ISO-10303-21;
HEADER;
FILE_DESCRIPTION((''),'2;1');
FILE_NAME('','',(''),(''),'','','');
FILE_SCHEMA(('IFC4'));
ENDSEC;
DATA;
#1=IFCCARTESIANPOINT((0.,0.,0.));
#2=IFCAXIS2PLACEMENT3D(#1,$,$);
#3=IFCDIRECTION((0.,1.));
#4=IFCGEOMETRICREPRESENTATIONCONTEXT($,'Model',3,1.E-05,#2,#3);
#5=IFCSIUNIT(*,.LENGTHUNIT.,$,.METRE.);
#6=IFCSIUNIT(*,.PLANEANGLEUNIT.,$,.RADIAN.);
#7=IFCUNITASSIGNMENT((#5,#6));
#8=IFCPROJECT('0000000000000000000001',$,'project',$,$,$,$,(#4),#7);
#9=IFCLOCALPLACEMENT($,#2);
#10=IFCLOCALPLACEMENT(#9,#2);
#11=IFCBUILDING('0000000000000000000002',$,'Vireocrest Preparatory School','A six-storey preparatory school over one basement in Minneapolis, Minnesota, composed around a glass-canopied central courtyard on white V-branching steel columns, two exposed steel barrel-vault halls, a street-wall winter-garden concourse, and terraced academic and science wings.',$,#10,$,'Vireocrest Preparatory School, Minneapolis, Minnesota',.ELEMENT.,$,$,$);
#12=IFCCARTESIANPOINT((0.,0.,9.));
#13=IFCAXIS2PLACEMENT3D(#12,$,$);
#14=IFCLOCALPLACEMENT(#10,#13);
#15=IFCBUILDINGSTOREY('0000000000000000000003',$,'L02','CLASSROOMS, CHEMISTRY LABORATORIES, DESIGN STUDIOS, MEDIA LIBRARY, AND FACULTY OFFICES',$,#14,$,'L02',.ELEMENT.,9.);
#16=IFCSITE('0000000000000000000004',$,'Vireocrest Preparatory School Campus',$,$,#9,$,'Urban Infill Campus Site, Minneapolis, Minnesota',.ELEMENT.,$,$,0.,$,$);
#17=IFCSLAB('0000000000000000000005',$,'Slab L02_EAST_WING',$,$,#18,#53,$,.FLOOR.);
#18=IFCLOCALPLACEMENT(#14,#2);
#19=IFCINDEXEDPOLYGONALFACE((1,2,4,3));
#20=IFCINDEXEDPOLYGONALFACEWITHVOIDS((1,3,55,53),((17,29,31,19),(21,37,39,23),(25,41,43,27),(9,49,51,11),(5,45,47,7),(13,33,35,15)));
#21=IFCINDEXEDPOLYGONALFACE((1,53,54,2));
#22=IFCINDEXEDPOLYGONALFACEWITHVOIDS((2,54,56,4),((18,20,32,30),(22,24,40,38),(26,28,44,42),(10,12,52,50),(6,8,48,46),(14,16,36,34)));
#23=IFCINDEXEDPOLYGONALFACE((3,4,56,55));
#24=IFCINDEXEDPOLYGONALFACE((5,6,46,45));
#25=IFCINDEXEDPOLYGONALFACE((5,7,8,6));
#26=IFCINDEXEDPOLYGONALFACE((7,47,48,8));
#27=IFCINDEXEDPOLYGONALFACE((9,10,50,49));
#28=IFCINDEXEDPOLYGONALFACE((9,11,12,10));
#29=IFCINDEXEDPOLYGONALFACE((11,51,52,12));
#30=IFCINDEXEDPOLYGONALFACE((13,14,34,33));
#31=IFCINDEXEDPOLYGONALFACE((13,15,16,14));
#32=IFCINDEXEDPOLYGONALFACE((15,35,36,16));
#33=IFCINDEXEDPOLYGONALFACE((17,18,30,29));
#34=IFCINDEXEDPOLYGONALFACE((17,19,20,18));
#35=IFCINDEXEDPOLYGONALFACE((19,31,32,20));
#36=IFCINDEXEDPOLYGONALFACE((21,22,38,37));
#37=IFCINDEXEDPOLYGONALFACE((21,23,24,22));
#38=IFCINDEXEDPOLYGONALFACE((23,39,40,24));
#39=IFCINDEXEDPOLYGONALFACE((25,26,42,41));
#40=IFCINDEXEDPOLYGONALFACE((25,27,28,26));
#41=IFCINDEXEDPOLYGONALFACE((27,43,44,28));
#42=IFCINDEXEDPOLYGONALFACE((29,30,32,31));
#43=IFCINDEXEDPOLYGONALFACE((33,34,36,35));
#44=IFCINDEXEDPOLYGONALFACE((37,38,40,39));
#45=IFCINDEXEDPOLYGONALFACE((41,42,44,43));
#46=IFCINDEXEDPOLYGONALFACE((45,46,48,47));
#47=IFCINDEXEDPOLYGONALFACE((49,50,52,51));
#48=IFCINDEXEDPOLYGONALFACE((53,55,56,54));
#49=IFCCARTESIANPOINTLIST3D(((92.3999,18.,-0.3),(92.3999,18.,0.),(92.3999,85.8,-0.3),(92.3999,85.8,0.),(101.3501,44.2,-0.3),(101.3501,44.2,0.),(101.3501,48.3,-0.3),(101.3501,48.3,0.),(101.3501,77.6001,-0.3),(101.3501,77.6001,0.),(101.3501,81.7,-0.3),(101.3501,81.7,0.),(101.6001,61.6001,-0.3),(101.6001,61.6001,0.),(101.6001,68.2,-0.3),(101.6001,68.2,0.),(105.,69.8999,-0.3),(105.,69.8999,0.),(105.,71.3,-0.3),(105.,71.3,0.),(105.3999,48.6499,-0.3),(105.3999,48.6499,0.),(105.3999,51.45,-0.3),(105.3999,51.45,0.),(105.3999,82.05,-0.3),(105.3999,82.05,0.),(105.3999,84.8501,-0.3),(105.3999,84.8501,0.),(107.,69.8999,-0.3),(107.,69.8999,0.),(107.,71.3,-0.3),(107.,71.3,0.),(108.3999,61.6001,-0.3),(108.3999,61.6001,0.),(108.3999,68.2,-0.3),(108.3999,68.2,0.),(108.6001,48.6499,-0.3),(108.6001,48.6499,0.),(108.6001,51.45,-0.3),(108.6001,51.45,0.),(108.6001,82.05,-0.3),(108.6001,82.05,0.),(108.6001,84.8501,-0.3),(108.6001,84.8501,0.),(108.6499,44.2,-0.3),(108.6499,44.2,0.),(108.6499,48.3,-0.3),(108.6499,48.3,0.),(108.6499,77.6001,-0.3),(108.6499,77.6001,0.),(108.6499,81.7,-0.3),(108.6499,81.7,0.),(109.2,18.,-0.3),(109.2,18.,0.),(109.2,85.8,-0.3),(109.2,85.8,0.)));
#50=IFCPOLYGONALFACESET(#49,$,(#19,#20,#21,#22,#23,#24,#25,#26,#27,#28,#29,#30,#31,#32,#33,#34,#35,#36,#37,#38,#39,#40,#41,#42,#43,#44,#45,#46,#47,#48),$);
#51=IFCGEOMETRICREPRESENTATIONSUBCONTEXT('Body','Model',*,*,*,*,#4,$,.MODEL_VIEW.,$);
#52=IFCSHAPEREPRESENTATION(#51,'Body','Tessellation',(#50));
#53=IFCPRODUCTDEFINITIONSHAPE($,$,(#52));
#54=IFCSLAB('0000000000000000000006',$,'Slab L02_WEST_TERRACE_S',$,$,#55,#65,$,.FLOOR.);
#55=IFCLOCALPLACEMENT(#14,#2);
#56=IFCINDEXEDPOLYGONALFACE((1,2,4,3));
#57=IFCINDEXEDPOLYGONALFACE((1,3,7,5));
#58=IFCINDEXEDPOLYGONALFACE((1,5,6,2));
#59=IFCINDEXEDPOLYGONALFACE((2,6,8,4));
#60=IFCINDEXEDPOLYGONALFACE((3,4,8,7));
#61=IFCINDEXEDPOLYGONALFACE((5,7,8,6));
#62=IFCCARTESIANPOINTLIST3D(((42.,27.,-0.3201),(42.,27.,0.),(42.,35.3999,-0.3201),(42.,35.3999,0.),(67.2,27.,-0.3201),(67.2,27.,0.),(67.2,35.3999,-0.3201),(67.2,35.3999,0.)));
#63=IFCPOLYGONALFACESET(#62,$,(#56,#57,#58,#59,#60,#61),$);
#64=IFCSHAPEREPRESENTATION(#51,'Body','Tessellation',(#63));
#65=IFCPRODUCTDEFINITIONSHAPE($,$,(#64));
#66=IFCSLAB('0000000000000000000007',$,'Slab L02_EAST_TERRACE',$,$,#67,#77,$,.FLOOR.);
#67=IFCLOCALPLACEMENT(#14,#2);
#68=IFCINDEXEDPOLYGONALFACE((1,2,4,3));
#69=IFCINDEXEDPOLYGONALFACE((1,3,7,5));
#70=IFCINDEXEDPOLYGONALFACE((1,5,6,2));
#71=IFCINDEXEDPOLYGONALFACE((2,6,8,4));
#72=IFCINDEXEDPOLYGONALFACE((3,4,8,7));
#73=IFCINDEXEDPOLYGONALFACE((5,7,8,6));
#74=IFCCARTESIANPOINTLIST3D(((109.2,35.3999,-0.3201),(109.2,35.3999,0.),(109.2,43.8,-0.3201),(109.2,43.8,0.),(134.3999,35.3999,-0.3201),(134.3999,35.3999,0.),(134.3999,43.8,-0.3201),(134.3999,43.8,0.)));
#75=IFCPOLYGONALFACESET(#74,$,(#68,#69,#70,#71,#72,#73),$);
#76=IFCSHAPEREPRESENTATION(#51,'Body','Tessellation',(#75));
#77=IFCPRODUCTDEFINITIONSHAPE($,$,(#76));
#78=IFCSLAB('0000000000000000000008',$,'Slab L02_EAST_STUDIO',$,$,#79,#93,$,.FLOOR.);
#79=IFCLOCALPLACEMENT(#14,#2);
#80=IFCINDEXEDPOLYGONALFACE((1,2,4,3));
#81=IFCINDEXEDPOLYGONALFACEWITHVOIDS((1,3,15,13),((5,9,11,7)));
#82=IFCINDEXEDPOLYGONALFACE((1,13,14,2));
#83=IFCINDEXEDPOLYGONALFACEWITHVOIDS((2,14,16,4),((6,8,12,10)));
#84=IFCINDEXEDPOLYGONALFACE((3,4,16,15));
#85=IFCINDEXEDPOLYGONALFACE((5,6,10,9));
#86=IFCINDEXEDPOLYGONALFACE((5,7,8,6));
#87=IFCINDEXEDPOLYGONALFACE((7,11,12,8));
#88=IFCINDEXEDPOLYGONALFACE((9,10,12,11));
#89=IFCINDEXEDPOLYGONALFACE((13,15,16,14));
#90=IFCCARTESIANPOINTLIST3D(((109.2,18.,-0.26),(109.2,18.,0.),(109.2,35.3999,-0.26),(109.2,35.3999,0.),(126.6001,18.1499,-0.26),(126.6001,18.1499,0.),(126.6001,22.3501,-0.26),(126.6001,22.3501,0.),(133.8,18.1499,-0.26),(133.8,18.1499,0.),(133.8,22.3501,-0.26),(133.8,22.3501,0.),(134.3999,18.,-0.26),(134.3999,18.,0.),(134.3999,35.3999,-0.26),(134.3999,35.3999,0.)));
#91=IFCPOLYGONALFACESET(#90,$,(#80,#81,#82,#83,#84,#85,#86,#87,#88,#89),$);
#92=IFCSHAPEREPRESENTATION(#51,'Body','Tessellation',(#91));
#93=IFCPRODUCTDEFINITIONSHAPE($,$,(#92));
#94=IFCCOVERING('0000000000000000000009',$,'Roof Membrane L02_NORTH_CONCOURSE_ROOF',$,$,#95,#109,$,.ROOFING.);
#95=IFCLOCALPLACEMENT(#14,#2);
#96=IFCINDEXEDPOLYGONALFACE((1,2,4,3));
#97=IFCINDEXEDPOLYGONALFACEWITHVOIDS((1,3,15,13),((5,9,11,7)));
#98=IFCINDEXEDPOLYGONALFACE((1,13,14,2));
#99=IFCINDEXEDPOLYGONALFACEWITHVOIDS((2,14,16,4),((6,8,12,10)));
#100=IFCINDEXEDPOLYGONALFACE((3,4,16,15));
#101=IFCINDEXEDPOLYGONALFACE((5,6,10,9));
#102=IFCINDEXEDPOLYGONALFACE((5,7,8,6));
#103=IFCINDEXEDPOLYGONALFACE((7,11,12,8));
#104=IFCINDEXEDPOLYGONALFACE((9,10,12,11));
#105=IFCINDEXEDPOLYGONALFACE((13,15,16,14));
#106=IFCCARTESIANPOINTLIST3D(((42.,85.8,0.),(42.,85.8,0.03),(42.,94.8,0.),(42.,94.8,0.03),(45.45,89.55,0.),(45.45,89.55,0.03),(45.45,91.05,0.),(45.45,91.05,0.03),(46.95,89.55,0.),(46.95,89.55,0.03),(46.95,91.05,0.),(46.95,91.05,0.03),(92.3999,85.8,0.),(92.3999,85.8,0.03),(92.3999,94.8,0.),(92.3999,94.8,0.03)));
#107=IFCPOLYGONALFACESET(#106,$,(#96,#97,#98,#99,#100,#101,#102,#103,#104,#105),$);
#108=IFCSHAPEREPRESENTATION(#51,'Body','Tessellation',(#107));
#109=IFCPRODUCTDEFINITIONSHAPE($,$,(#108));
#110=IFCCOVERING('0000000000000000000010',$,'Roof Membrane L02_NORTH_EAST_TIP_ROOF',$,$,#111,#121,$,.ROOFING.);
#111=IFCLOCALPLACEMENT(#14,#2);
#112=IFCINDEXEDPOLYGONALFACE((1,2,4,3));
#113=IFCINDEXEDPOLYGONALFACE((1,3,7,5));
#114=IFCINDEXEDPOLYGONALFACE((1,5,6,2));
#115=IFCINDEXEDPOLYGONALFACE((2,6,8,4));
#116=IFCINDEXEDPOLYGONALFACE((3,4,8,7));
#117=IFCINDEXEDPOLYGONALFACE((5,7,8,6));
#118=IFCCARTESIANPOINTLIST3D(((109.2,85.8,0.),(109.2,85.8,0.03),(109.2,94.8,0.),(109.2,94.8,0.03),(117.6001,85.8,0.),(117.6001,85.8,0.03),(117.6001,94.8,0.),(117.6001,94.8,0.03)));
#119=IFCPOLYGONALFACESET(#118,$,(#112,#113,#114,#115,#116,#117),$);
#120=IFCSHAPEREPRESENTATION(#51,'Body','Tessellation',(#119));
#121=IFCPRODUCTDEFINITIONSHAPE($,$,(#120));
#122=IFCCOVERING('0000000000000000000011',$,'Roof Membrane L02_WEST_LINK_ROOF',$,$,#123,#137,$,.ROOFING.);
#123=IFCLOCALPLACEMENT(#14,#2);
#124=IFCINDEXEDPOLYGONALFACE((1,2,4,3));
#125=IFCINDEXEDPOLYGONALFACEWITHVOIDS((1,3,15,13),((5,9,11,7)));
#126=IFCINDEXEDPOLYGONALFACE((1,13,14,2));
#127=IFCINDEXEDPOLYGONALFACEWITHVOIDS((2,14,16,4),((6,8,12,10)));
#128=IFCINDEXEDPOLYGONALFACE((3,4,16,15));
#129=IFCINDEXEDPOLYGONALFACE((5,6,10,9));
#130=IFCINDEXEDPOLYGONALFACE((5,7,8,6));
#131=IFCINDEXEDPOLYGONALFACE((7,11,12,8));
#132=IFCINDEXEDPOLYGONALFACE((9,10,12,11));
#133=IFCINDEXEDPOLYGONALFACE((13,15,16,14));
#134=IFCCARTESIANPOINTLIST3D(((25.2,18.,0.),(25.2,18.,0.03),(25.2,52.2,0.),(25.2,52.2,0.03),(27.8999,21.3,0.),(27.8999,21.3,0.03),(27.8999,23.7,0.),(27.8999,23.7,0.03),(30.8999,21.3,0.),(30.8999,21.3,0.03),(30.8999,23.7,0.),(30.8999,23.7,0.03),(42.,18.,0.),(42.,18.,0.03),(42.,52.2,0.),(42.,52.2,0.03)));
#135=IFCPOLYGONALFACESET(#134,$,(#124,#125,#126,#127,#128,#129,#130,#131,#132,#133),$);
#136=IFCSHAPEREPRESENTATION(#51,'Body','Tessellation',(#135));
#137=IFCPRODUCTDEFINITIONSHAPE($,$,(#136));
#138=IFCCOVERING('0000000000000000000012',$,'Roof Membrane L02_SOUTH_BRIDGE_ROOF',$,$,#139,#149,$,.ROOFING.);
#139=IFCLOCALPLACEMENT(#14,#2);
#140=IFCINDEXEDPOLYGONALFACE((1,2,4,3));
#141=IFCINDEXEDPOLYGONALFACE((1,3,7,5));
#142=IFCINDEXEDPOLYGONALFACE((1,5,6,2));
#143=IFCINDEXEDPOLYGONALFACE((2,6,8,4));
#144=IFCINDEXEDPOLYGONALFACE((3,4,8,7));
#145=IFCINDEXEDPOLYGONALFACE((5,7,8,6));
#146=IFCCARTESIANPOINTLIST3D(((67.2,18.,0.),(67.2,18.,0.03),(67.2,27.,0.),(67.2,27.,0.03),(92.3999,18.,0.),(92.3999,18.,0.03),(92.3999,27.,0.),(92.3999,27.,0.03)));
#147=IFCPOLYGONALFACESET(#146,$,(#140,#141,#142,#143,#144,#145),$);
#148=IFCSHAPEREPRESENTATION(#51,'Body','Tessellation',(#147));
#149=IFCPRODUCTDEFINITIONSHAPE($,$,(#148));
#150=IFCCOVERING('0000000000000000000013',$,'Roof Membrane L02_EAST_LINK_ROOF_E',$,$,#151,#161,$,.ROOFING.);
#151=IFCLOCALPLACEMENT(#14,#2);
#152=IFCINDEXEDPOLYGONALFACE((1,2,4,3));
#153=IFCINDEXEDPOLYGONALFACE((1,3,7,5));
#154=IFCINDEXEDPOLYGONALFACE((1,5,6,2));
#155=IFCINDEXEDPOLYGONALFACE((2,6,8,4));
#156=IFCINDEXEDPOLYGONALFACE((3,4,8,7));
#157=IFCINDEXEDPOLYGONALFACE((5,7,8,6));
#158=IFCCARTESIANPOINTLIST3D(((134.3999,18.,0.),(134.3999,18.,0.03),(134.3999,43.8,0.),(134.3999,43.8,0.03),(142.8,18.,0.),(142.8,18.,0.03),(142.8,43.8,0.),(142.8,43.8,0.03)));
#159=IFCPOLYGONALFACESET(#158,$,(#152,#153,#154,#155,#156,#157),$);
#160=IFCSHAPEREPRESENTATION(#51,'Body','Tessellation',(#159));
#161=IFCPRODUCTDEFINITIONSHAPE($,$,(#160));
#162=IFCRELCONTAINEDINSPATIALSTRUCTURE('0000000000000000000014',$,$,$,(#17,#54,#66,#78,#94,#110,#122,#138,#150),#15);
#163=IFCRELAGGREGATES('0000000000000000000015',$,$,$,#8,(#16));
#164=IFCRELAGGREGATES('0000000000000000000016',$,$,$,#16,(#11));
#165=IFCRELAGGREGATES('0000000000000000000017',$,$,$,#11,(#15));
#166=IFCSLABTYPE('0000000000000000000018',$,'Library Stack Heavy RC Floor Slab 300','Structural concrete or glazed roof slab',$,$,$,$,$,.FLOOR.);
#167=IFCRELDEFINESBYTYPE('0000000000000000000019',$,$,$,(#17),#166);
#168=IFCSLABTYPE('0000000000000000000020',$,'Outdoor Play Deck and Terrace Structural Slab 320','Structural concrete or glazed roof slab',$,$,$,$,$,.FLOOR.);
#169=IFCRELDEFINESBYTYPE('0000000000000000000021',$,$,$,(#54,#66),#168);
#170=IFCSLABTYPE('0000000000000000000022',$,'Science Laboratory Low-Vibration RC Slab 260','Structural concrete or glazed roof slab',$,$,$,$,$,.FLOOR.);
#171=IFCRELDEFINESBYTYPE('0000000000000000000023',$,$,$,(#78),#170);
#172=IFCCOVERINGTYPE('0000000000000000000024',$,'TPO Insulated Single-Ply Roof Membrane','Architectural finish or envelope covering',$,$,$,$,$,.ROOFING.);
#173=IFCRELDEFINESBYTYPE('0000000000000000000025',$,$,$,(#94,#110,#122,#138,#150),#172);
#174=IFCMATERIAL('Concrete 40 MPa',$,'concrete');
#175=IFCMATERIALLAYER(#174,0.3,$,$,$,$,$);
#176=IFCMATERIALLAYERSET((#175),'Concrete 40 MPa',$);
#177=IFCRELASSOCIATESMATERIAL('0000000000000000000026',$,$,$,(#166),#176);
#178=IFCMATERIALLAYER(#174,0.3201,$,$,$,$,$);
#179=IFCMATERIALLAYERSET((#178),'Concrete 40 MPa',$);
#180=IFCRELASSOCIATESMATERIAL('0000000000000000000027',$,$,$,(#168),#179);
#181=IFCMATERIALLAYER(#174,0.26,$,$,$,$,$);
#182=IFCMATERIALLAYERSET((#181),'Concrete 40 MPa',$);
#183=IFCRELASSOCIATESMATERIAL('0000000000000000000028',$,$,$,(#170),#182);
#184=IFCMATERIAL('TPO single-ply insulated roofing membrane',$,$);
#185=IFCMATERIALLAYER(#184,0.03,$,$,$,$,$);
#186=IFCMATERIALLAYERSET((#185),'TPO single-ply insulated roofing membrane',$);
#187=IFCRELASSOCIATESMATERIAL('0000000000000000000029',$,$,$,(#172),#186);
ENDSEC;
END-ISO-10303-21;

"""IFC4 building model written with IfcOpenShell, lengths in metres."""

from ifc_helpers import new_model, si_unit, direction, frame, origin, place, context, subcontext, project, spatial, polyline, outline, extrude, material, layer, layer_set, type_object, element, save


model = new_model("IFC4")

# Units and contexts
model_context = context("Model", 3, precision=1e-05, world=origin(), true_north=direction((0.0, 1.0)))
body_context = subcontext(model_context, "Body", "Model", "MODEL_VIEW")
ifc_project = project(units=[si_unit("LENGTHUNIT", "METRE"), si_unit("PLANEANGLEUNIT", "RADIAN")], contexts=[model_context])

# Site, building, storey
site_placement = place(None, origin())
site = spatial("IfcSite", under=ifc_project, at=site_placement, Name="Vireocrest Preparatory School Campus", LongName="Urban Infill Campus Site, Minneapolis, Minnesota", CompositionType="ELEMENT", RefElevation=0.0)
building_placement = place(site_placement, origin())
building = spatial("IfcBuilding", under=site, at=building_placement, Name="Vireocrest Preparatory School", Description="A six-storey preparatory school over one basement in Minneapolis, Minnesota, composed around a glass-canopied central courtyard on white V-branching steel columns, two exposed steel barrel-vault halls, a street-wall winter-garden concourse, and terraced academic and science wings.", LongName="Vireocrest Preparatory School, Minneapolis, Minnesota", CompositionType="ELEMENT")
storey_placement = place(building_placement, frame((0.0, 0.0, 9.0)))
storey = spatial("IfcBuildingStorey", under=building, at=storey_placement, Name="L02", Description="CLASSROOMS, CHEMISTRY LABORATORIES, DESIGN STUDIOS, MEDIA LIBRARY, AND FACULTY OFFICES", LongName="L02", CompositionType="ELEMENT", Elevation=9.0)

# Shared definitions
ifc_material_1 = material(Name="Concrete 40 MPa", Category="concrete")

# Shared definitions
ifc_layer_1 = layer(ifc_material_1, 0.3)
ifc_layer_set_1 = layer_set([ifc_layer_1], Name="Concrete 40 MPa")
slab_type_1 = type_object("IfcSlabType", Name="Library Stack Heavy RC Floor Slab 300", Description="Structural concrete or glazed roof slab", PredefinedType="FLOOR", material=ifc_layer_set_1)

# Slab, openings
slab_1_placement = place(storey_placement, frame((0.0, 0.0, -0.3)))
slab_1 = element("IfcSlab", 1, at=slab_1_placement, inside=storey, type_object=slab_type_1, Name="Slab L02_EAST_WING", PredefinedType="FLOOR", context=body_context, shape_type="SweptSolid", body=[
    extrude(outline(polyline([(92.3999, 18.0), (109.2, 18.0), (109.2, 85.8), (92.3999, 85.8), (92.3999, 18.0)])), origin(), (0.0, 0.0, 1.0), 0.3),
])
opening_1_placement = place(slab_1_placement, frame((0.0, 0.0, -0.01)))
element("IfcOpeningElement", 2, at=opening_1_placement, cuts=slab_1, PredefinedType="OPENING", context=body_context, shape_type="SweptSolid", body=[
    extrude(outline(polyline([(101.3501, 44.2), (108.6499, 44.2), (108.6499, 48.3), (101.3501, 48.3), (101.3501, 44.2)])), origin(), (0.0, 0.0, 1.0), 0.3201),
])
opening_2_placement = place(slab_1_placement, frame((0.0, 0.0, -0.01)))
element("IfcOpeningElement", 3, at=opening_2_placement, cuts=slab_1, PredefinedType="OPENING", context=body_context, shape_type="SweptSolid", body=[
    extrude(outline(polyline([(105.3999, 48.6499), (108.6001, 48.6499), (108.6001, 51.45), (105.3999, 51.45), (105.3999, 48.6499)])), origin(), (0.0, 0.0, 1.0), 0.3201),
])
opening_3_placement = place(slab_1_placement, frame((0.0, 0.0, -0.01)))
element("IfcOpeningElement", 4, at=opening_3_placement, cuts=slab_1, PredefinedType="OPENING", context=body_context, shape_type="SweptSolid", body=[
    extrude(outline(polyline([(101.3501, 77.6001), (108.6499, 77.6001), (108.6499, 81.7), (101.3501, 81.7), (101.3501, 77.6001)])), origin(), (0.0, 0.0, 1.0), 0.3201),
])
opening_4_placement = place(slab_1_placement, frame((0.0, 0.0, -0.01)))
element("IfcOpeningElement", 5, at=opening_4_placement, cuts=slab_1, PredefinedType="OPENING", context=body_context, shape_type="SweptSolid", body=[
    extrude(outline(polyline([(105.3999, 82.05), (108.6001, 82.05), (108.6001, 84.8501), (105.3999, 84.8501), (105.3999, 82.05)])), origin(), (0.0, 0.0, 1.0), 0.3201),
])
opening_5_placement = place(slab_1_placement, frame((0.0, 0.0, -0.01)))
element("IfcOpeningElement", 6, at=opening_5_placement, cuts=slab_1, PredefinedType="OPENING", context=body_context, shape_type="SweptSolid", body=[
    extrude(outline(polyline([(101.6001, 61.6001), (108.3999, 61.6001), (108.3999, 68.2), (101.6001, 68.2), (101.6001, 61.6001)])), origin(), (0.0, 0.0, 1.0), 0.3201),
])
opening_6_placement = place(slab_1_placement, frame((0.0, 0.0, -0.01)))
element("IfcOpeningElement", 7, at=opening_6_placement, cuts=slab_1, PredefinedType="OPENING", context=body_context, shape_type="SweptSolid", body=[
    extrude(outline(polyline([(105.0, 69.8999), (107.0, 69.8999), (107.0, 71.3), (105.0, 71.3), (105.0, 69.8999)])), origin(), (0.0, 0.0, 1.0), 0.3201),
])

# Slabs
ifc_layer_2 = layer(ifc_material_1, 0.3201)
ifc_layer_set_2 = layer_set([ifc_layer_2], Name="Concrete 40 MPa")
slab_type_2 = type_object("IfcSlabType", Name="Outdoor Play Deck and Terrace Structural Slab 320", Description="Structural concrete or glazed roof slab", PredefinedType="FLOOR", material=ifc_layer_set_2)
slab_2_placement = place(storey_placement, frame((0.0, 0.0, -0.3201)))
element("IfcSlab", 8, at=slab_2_placement, inside=storey, type_object=slab_type_2, Name="Slab L02_WEST_TERRACE_S", PredefinedType="FLOOR", context=body_context, shape_type="SweptSolid", body=[
    extrude(outline(polyline([(42.0, 27.0), (67.2, 27.0), (67.2, 35.3999), (42.0, 35.3999), (42.0, 27.0)])), origin(), (0.0, 0.0, 1.0), 0.3201),
])
slab_3_placement = place(storey_placement, frame((0.0, 0.0, -0.3201)))
element("IfcSlab", 9, at=slab_3_placement, inside=storey, type_object=slab_type_2, Name="Slab L02_EAST_TERRACE", PredefinedType="FLOOR", context=body_context, shape_type="SweptSolid", body=[
    extrude(outline(polyline([(109.2, 35.3999), (134.3999, 35.3999), (134.3999, 43.8), (109.2, 43.8), (109.2, 35.3999)])), origin(), (0.0, 0.0, 1.0), 0.3201),
])

# Slab, opening
ifc_layer_3 = layer(ifc_material_1, 0.26)
ifc_layer_set_3 = layer_set([ifc_layer_3], Name="Concrete 40 MPa")
slab_type_3 = type_object("IfcSlabType", Name="Science Laboratory Low-Vibration RC Slab 260", Description="Structural concrete or glazed roof slab", PredefinedType="FLOOR", material=ifc_layer_set_3)
slab_4_placement = place(storey_placement, frame((0.0, 0.0, -0.26)))
slab_4 = element("IfcSlab", 10, at=slab_4_placement, inside=storey, type_object=slab_type_3, Name="Slab L02_EAST_STUDIO", PredefinedType="FLOOR", context=body_context, shape_type="SweptSolid", body=[
    extrude(outline(polyline([(109.2, 18.0), (134.3999, 18.0), (134.3999, 35.3999), (109.2, 35.3999), (109.2, 18.0)])), origin(), (0.0, 0.0, 1.0), 0.26),
])
opening_7_placement = place(slab_4_placement, frame((0.0, 0.0, -0.01)))
element("IfcOpeningElement", 11, at=opening_7_placement, cuts=slab_4, PredefinedType="OPENING", context=body_context, shape_type="SweptSolid", body=[
    extrude(outline(polyline([(126.6001, 18.1499), (133.8, 18.1499), (133.8, 22.3501), (126.6001, 22.3501), (126.6001, 18.1499)])), origin(), (0.0, 0.0, 1.0), 0.28),
])

# Coverings
ifc_material_2 = material(Name="TPO single-ply insulated roofing membrane")
ifc_layer_4 = layer(ifc_material_2, 0.03)
ifc_layer_set_4 = layer_set([ifc_layer_4], Name="TPO single-ply insulated roofing membrane")
covering_type = type_object("IfcCoveringType", Name="TPO Insulated Single-Ply Roof Membrane", Description="Architectural finish or envelope covering", PredefinedType="ROOFING", material=ifc_layer_set_4)
covering_1_placement = place(storey_placement, origin())
element("IfcCovering", 12, at=covering_1_placement, inside=storey, type_object=covering_type, Name="Roof Membrane L02_NORTH_CONCOURSE_ROOF", PredefinedType="ROOFING", context=body_context, shape_type="SweptSolid", body=[
    extrude(outline(polyline([(42.0, 85.8), (92.3999, 85.8), (92.3999, 94.8), (42.0, 94.8), (42.0, 85.8)]), holes=[polyline([(45.45, 89.55), (46.95, 89.55), (46.95, 91.05), (45.45, 91.05), (45.45, 89.55)])]), origin(), (0.0, 0.0, 1.0), 0.03),
])
covering_2_placement = place(storey_placement, origin())
element("IfcCovering", 13, at=covering_2_placement, inside=storey, type_object=covering_type, Name="Roof Membrane L02_NORTH_EAST_TIP_ROOF", PredefinedType="ROOFING", context=body_context, shape_type="SweptSolid", body=[
    extrude(outline(polyline([(109.2, 85.8), (117.6001, 85.8), (117.6001, 94.8), (109.2, 94.8), (109.2, 85.8)])), origin(), (0.0, 0.0, 1.0), 0.03),
])
covering_3_placement = place(storey_placement, origin())
element("IfcCovering", 14, at=covering_3_placement, inside=storey, type_object=covering_type, Name="Roof Membrane L02_WEST_LINK_ROOF", PredefinedType="ROOFING", context=body_context, shape_type="SweptSolid", body=[
    extrude(outline(polyline([(25.2, 18.0), (42.0, 18.0), (42.0, 52.2), (25.2, 52.2), (25.2, 18.0)]), holes=[polyline([(27.8999, 21.3), (30.8999, 21.3), (30.8999, 23.7), (27.8999, 23.7), (27.8999, 21.3)])]), origin(), (0.0, 0.0, 1.0), 0.03),
])
covering_4_placement = place(storey_placement, origin())
element("IfcCovering", 15, at=covering_4_placement, inside=storey, type_object=covering_type, Name="Roof Membrane L02_SOUTH_BRIDGE_ROOF", PredefinedType="ROOFING", context=body_context, shape_type="SweptSolid", body=[
    extrude(outline(polyline([(67.2, 18.0), (92.3999, 18.0), (92.3999, 27.0), (67.2, 27.0), (67.2, 18.0)])), origin(), (0.0, 0.0, 1.0), 0.03),
])
covering_5_placement = place(storey_placement, origin())
element("IfcCovering", 16, at=covering_5_placement, inside=storey, type_object=covering_type, Name="Roof Membrane L02_EAST_LINK_ROOF_E", PredefinedType="ROOFING", context=body_context, shape_type="SweptSolid", body=[
    extrude(outline(polyline([(134.3999, 18.0), (142.8, 18.0), (142.8, 43.8), (134.3999, 43.8), (134.3999, 18.0)])), origin(), (0.0, 0.0, 1.0), 0.03),
])

save(model, "model.ifc")
